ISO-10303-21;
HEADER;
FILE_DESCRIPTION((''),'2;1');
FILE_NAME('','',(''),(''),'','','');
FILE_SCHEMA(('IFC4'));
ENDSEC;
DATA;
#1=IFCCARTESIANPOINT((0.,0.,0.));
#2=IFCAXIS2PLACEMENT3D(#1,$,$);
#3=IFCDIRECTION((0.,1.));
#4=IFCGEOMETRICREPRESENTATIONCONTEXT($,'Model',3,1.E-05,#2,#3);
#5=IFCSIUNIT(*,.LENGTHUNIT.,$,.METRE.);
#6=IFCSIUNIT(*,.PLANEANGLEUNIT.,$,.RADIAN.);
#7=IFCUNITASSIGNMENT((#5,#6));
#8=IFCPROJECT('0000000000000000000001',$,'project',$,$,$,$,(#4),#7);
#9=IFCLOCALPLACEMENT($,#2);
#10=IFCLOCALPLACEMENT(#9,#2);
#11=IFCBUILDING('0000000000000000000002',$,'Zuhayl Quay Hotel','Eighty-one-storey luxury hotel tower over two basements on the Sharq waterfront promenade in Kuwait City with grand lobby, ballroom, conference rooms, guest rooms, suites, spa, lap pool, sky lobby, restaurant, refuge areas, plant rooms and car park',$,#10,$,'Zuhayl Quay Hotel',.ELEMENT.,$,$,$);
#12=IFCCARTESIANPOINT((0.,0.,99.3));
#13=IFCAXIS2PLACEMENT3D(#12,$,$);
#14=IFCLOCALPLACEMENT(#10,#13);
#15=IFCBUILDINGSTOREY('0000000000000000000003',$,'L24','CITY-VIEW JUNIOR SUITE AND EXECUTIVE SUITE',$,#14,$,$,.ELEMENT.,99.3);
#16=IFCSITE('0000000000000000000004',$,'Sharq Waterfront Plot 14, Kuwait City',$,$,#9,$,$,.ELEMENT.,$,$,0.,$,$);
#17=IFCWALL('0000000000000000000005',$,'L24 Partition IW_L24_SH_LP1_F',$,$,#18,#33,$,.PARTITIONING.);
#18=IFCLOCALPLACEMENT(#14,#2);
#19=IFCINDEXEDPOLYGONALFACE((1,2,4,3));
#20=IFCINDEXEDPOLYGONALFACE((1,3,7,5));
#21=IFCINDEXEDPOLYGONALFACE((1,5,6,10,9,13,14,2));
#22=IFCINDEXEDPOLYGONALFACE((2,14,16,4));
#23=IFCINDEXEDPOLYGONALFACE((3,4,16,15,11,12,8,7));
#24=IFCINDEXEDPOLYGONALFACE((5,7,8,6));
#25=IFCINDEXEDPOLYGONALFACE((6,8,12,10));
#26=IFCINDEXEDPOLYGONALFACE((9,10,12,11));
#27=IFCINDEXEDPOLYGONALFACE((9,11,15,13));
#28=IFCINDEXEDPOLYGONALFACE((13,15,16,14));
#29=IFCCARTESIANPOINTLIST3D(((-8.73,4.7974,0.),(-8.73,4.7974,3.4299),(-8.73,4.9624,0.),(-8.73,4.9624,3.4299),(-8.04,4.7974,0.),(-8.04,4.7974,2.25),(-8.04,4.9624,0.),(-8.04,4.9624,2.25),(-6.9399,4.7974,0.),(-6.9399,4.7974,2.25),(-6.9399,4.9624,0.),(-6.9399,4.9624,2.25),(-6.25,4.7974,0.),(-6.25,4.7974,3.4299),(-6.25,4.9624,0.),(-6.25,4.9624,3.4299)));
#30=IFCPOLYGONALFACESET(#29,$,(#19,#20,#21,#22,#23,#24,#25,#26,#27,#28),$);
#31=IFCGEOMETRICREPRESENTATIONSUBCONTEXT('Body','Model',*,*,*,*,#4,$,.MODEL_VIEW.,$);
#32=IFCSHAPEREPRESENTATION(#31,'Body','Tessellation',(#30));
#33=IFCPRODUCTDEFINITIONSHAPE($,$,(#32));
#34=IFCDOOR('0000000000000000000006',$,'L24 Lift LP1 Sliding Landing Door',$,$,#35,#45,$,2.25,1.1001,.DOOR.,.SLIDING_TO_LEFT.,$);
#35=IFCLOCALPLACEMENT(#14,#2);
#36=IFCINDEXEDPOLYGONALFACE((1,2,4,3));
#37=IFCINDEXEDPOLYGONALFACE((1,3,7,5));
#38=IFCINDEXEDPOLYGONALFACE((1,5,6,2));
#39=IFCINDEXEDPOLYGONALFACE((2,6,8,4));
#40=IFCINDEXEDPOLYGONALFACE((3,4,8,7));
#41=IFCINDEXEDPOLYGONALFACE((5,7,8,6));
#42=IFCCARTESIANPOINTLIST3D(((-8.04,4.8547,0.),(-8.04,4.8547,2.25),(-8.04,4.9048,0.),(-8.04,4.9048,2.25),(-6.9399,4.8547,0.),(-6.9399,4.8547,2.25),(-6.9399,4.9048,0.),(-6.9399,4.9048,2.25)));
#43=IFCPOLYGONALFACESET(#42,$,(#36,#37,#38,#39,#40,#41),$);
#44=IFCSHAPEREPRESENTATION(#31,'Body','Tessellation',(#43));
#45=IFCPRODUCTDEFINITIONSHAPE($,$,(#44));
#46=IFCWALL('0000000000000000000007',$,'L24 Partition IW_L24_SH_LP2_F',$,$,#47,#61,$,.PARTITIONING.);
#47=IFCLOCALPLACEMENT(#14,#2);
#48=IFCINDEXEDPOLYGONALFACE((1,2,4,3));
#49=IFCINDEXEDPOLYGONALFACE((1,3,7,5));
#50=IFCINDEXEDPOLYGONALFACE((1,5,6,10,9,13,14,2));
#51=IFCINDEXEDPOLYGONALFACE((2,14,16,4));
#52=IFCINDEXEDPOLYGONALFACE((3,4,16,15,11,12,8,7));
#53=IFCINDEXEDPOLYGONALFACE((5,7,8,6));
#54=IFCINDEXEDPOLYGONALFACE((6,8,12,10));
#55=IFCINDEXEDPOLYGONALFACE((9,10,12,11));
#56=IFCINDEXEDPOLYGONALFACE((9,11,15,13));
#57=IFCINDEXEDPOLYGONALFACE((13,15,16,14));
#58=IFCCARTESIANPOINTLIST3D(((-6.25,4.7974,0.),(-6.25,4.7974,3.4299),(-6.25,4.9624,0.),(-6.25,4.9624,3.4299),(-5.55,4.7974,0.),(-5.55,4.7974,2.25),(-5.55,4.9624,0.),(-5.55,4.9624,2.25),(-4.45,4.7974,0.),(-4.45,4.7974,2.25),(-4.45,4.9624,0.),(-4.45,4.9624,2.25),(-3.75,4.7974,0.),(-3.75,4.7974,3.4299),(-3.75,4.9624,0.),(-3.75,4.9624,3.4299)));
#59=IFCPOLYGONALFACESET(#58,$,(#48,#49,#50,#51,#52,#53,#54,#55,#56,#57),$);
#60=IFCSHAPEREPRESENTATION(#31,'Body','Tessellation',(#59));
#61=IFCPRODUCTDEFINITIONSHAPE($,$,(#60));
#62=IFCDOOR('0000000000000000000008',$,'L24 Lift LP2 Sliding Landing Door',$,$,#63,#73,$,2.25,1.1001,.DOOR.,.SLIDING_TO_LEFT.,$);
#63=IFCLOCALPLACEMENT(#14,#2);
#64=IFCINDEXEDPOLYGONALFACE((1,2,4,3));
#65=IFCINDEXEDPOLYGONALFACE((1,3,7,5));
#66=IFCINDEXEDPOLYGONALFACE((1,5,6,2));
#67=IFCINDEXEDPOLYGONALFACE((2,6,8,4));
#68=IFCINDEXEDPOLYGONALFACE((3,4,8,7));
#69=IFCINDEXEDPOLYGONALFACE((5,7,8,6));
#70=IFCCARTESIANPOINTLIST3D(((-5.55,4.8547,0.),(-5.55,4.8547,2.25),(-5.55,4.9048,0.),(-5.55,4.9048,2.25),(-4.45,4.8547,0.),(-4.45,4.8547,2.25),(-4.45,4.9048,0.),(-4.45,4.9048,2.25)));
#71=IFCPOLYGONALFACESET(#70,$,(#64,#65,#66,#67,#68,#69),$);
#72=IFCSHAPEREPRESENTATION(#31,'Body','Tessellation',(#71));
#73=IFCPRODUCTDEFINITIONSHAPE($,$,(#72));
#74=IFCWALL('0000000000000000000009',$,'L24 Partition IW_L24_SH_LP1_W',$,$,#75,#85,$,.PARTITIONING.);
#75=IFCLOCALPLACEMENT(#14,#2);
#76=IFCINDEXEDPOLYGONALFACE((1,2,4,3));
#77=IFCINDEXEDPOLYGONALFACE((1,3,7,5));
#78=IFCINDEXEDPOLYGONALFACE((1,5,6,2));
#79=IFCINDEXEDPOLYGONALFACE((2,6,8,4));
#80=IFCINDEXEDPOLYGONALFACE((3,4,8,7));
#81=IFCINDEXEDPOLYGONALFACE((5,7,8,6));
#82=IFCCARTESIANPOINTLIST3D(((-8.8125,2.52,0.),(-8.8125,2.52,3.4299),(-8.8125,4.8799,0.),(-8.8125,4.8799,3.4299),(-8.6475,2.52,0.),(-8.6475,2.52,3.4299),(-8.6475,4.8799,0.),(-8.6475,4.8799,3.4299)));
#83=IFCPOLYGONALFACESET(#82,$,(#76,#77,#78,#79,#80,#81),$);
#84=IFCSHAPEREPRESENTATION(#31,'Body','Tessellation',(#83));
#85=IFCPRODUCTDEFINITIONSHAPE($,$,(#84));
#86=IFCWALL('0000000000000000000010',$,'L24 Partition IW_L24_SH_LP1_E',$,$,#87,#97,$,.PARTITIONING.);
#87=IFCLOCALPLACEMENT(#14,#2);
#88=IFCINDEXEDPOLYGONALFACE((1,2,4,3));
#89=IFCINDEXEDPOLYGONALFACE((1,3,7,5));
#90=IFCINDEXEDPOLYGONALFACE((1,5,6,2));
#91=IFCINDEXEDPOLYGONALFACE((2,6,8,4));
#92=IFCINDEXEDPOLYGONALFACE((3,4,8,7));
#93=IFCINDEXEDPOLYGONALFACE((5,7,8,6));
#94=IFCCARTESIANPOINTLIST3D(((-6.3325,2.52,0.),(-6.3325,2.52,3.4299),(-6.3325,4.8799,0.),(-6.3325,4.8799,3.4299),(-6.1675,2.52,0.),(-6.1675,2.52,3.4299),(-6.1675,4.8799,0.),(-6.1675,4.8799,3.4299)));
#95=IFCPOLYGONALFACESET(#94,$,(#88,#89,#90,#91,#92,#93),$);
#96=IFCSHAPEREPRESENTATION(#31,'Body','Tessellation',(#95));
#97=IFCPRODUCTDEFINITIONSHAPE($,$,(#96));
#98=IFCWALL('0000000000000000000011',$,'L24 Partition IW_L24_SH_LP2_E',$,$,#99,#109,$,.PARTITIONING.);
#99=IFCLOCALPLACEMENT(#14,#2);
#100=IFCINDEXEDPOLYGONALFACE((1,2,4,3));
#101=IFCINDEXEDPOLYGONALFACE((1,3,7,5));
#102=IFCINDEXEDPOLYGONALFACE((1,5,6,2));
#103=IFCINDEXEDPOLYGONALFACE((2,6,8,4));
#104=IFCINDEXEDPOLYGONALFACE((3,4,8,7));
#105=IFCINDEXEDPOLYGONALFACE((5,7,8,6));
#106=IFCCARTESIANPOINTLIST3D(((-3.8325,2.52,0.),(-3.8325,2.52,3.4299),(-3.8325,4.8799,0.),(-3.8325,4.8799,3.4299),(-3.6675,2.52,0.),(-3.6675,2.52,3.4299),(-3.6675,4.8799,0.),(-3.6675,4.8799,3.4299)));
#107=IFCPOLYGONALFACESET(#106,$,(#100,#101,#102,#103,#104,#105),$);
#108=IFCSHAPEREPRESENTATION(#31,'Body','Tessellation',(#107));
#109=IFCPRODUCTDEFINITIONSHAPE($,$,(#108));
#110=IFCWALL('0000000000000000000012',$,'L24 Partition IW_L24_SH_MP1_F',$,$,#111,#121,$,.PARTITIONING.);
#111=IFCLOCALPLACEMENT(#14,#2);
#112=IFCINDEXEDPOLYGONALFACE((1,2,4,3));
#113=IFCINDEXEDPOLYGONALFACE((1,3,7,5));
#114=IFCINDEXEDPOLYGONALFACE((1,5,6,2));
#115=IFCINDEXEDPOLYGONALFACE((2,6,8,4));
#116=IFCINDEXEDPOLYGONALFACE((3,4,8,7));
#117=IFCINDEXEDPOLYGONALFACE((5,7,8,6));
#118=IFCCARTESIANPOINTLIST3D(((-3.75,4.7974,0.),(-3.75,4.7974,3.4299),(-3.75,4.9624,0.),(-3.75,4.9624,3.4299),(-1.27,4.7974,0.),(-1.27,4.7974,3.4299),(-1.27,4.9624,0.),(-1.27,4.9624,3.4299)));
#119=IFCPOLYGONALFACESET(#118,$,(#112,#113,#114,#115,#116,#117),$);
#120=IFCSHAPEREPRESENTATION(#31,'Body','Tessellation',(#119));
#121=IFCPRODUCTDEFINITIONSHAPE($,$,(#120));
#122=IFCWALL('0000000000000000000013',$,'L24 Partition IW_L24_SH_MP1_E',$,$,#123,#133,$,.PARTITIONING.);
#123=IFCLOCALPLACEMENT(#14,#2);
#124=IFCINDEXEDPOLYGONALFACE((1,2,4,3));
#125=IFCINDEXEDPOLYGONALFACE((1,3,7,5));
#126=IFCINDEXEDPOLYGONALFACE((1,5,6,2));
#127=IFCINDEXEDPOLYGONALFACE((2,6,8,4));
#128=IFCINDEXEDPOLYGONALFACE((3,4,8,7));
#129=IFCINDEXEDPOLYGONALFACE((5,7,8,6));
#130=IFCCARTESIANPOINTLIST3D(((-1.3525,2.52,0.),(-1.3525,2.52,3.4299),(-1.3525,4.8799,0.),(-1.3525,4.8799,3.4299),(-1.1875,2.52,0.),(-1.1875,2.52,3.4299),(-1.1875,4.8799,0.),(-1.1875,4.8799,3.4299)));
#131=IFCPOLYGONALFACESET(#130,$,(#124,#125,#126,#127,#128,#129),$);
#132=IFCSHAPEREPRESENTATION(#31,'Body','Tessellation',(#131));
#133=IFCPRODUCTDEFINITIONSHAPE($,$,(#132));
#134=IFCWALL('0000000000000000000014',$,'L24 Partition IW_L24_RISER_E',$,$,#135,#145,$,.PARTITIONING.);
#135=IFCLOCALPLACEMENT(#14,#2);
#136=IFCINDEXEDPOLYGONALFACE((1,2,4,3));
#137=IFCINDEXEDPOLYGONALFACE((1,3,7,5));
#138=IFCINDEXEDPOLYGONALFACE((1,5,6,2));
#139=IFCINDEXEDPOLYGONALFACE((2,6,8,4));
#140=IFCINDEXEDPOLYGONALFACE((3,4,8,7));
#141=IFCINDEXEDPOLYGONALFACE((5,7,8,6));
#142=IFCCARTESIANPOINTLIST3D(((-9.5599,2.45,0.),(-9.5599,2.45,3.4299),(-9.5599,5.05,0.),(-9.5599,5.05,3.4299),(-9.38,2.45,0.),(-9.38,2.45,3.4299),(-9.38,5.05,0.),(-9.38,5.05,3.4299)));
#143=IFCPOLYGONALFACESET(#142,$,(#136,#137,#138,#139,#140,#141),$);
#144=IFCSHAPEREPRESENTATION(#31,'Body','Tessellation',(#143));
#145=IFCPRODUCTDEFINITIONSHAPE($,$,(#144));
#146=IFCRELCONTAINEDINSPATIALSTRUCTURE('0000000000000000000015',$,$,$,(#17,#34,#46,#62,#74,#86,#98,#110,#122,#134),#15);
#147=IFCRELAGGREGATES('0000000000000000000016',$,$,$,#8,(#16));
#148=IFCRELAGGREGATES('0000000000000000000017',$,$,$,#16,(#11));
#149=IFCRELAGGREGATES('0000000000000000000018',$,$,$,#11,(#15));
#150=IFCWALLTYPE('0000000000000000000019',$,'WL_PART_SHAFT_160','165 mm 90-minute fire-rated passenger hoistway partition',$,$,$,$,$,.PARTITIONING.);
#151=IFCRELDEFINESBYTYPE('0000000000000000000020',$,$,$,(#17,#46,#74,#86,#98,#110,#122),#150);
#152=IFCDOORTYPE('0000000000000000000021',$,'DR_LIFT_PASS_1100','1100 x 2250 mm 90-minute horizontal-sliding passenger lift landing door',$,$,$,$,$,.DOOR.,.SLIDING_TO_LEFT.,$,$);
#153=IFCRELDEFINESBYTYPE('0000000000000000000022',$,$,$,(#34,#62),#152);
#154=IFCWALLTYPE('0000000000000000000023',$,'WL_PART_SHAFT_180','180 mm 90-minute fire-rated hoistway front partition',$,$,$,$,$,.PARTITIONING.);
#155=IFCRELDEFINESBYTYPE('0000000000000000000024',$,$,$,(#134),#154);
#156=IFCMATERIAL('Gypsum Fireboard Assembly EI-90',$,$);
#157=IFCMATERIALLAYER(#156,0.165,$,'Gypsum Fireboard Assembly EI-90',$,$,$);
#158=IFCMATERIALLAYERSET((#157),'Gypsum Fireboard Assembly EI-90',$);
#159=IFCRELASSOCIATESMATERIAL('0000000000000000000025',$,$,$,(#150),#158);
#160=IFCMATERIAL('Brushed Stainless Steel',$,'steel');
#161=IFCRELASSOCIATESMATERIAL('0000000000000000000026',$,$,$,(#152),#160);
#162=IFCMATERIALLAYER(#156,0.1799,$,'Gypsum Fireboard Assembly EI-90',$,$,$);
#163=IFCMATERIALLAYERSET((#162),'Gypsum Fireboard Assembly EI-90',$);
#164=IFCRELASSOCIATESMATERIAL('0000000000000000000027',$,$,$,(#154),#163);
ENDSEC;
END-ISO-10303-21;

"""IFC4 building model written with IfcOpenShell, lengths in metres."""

from ifc_helpers import new_model, si_unit, direction, frame, frame_2d, origin, place, context, subcontext, project, spatial, rectangle, extrude, material, layer, layer_set, type_object, element, fill, save


model = new_model("IFC4")

# Units and contexts
model_context = context("Model", 3, precision=1e-05, world=origin(), true_north=direction((0.0, 1.0)))
body_context = subcontext(model_context, "Body", "Model", "MODEL_VIEW")
ifc_project = project(units=[si_unit("LENGTHUNIT", "METRE"), si_unit("PLANEANGLEUNIT", "RADIAN")], contexts=[model_context])

# Site, building, storey
site_placement = place(None, origin())
site = spatial("IfcSite", under=ifc_project, at=site_placement, Name="Sharq Waterfront Plot 14, Kuwait City", CompositionType="ELEMENT", RefElevation=0.0)
building_placement = place(site_placement, origin())
building = spatial("IfcBuilding", under=site, at=building_placement, Name="Zuhayl Quay Hotel", Description="Eighty-one-storey luxury hotel tower over two basements on the Sharq waterfront promenade in Kuwait City with grand lobby, ballroom, conference rooms, guest rooms, suites, spa, lap pool, sky lobby, restaurant, refuge areas, plant rooms and car park", LongName="Zuhayl Quay Hotel", CompositionType="ELEMENT")
storey_placement = place(building_placement, frame((0.0, 0.0, 99.3)))
storey = spatial("IfcBuildingStorey", under=building, at=storey_placement, Name="L24", Description="CITY-VIEW JUNIOR SUITE AND EXECUTIVE SUITE", CompositionType="ELEMENT", Elevation=99.3)

# Walls, openings, doors
ifc_material_1 = material(Name="Gypsum Fireboard Assembly EI-90")
ifc_layer_1 = layer(ifc_material_1, 0.165, Name="Gypsum Fireboard Assembly EI-90")
ifc_layer_set_1 = layer_set([ifc_layer_1], Name="Gypsum Fireboard Assembly EI-90")
wall_type_1 = type_object("IfcWallType", Name="WL_PART_SHAFT_160", Description="165 mm 90-minute fire-rated passenger hoistway partition", PredefinedType="PARTITIONING", material=ifc_layer_set_1)
wall_1_placement = place(storey_placement, frame((-8.73, 4.8799, 0.0), z_axis=(0.0, 0.0, 1.0), x_axis=(1.0, 0.0, 0.0)))
wall_1 = element("IfcWall", 1, at=wall_1_placement, inside=storey, type_object=wall_type_1, Name="L24 Partition IW_L24_SH_LP1_F", PredefinedType="PARTITIONING", context=body_context, shape_type="SweptSolid", body=[
    extrude(rectangle(XDim=2.48, YDim=0.165, at=frame_2d((1.24, 0.0))), origin(), (0.0, 0.0, 1.0), 3.4299),
])
opening_1_placement = place(wall_1_placement, frame((0.6899, 0.0, 0.0)))
opening_1 = element("IfcOpeningElement", 2, at=opening_1_placement, cuts=wall_1, PredefinedType="OPENING", context=body_context, shape_type="SweptSolid", body=[
    extrude(rectangle(XDim=1.1001, YDim=2.25, at=frame_2d((0.55, 1.125))), frame((0.0, 0.0925, 0.0), z_axis=(0.0, -1.0, 0.0), x_axis=(1.0, 0.0, 0.0)), (0.0, 0.0, 1.0), 0.1851),
])
ifc_material_2 = material(Name="Brushed Stainless Steel", Category="steel")
door_type_1 = type_object("IfcDoorType", Name="DR_LIFT_PASS_1100", Description="1100 x 2250 mm 90-minute horizontal-sliding passenger lift landing door", OperationType="SLIDING_TO_LEFT", PredefinedType="DOOR", material=ifc_material_2)
door_1_placement = place(opening_1_placement, origin())
door_1 = element("IfcDoor", 3, at=door_1_placement, inside=storey, type_object=door_type_1, Name="L24 Lift LP1 Sliding Landing Door", OperationType="SLIDING_TO_LEFT", OverallHeight=2.25, OverallWidth=1.1001, PredefinedType="DOOR", context=body_context, shape_type="SweptSolid", body=[
    extrude(rectangle(XDim=1.1001, YDim=2.25, at=frame_2d((0.55, 1.125))), frame((0.0, 0.0249, 0.0), z_axis=(0.0, -1.0, 0.0), x_axis=(1.0, 0.0, 0.0)), (0.0, 0.0, 1.0), 0.05),
])
fill(opening_1, door_1)
wall_2_placement = place(storey_placement, frame((-6.25, 4.8799, 0.0), z_axis=(0.0, 0.0, 1.0), x_axis=(1.0, 0.0, 0.0)))
wall_2 = element("IfcWall", 4, at=wall_2_placement, inside=storey, type_object=wall_type_1, Name="L24 Partition IW_L24_SH_LP2_F", PredefinedType="PARTITIONING", context=body_context, shape_type="SweptSolid", body=[
    extrude(rectangle(XDim=2.5, YDim=0.165, at=frame_2d((1.25, 0.0))), origin(), (0.0, 0.0, 1.0), 3.4299),
])
opening_2_placement = place(wall_2_placement, frame((0.7, 0.0, 0.0)))
opening_2 = element("IfcOpeningElement", 5, at=opening_2_placement, cuts=wall_2, PredefinedType="OPENING", context=body_context, shape_type="SweptSolid", body=[
    extrude(rectangle(XDim=1.1001, YDim=2.25, at=frame_2d((0.55, 1.125))), frame((0.0, 0.0925, 0.0), z_axis=(0.0, -1.0, 0.0), x_axis=(1.0, 0.0, 0.0)), (0.0, 0.0, 1.0), 0.1851),
])
door_2_placement = place(opening_2_placement, origin())
door_2 = element("IfcDoor", 6, at=door_2_placement, inside=storey, type_object=door_type_1, Name="L24 Lift LP2 Sliding Landing Door", OperationType="SLIDING_TO_LEFT", OverallHeight=2.25, OverallWidth=1.1001, PredefinedType="DOOR", context=body_context, shape_type="SweptSolid", body=[
    extrude(rectangle(XDim=1.1001, YDim=2.25, at=frame_2d((0.55, 1.125))), frame((0.0, 0.0249, 0.0), z_axis=(0.0, -1.0, 0.0), x_axis=(1.0, 0.0, 0.0)), (0.0, 0.0, 1.0), 0.05),
])
fill(opening_2, door_2)

# Walls
for number, where, z_axis, x_axis, name in (
    (7, (-8.73, 2.52, 0.0), (0.0, 0.0, 1.0), (0.0, 1.0, 0.0), "L24 Partition IW_L24_SH_LP1_W"),
    (8, (-6.25, 2.52, 0.0), (0.0, 0.0, 1.0), (0.0, 1.0, 0.0), "L24 Partition IW_L24_SH_LP1_E"),
    (9, (-3.75, 2.52, 0.0), (0.0, 0.0, 1.0), (0.0, 1.0, 0.0), "L24 Partition IW_L24_SH_LP2_E"),
):
    element("IfcWall", number, at=place(storey_placement, frame(where, z_axis=z_axis, x_axis=x_axis)), inside=storey, type_object=wall_type_1, Name=name, PredefinedType="PARTITIONING", context=body_context, shape_type="SweptSolid", body=[
        extrude(rectangle(XDim=2.3599, YDim=0.165, at=frame_2d((1.1799, 0.0))), origin(), (0.0, 0.0, 1.0), 3.4299),
    ])
wall_3_placement = place(storey_placement, frame((-3.75, 4.8799, 0.0), z_axis=(0.0, 0.0, 1.0), x_axis=(1.0, 0.0, 0.0)))
element("IfcWall", 10, at=wall_3_placement, inside=storey, type_object=wall_type_1, Name="L24 Partition IW_L24_SH_MP1_F", PredefinedType="PARTITIONING", context=body_context, shape_type="SweptSolid", body=[
    extrude(rectangle(XDim=2.48, YDim=0.165, at=frame_2d((1.24, 0.0))), origin(), (0.0, 0.0, 1.0), 3.4299),
])
wall_4_placement = place(storey_placement, frame((-1.27, 2.52, 0.0), z_axis=(0.0, 0.0, 1.0), x_axis=(0.0, 1.0, 0.0)))
element("IfcWall", 11, at=wall_4_placement, inside=storey, type_object=wall_type_1, Name="L24 Partition IW_L24_SH_MP1_E", PredefinedType="PARTITIONING", context=body_context, shape_type="SweptSolid", body=[
    extrude(rectangle(XDim=2.3599, YDim=0.165, at=frame_2d((1.1799, 0.0))), origin(), (0.0, 0.0, 1.0), 3.4299),
])
ifc_layer_2 = layer(ifc_material_1, 0.1799, Name="Gypsum Fireboard Assembly EI-90")
ifc_layer_set_2 = layer_set([ifc_layer_2], Name="Gypsum Fireboard Assembly EI-90")
wall_type_2 = type_object("IfcWallType", Name="WL_PART_SHAFT_180", Description="180 mm 90-minute fire-rated hoistway front partition", PredefinedType="PARTITIONING", material=ifc_layer_set_2)
wall_5_placement = place(storey_placement, frame((-9.47, 2.45, 0.0), z_axis=(0.0, 0.0, 1.0), x_axis=(0.0, 1.0, 0.0)))
element("IfcWall", 12, at=wall_5_placement, inside=storey, type_object=wall_type_2, Name="L24 Partition IW_L24_RISER_E", PredefinedType="PARTITIONING", context=body_context, shape_type="SweptSolid", body=[
    extrude(rectangle(XDim=2.6001, YDim=0.1799, at=frame_2d((1.3, 0.0))), origin(), (0.0, 0.0, 1.0), 3.4299),
])

save(model, "model.ifc")
